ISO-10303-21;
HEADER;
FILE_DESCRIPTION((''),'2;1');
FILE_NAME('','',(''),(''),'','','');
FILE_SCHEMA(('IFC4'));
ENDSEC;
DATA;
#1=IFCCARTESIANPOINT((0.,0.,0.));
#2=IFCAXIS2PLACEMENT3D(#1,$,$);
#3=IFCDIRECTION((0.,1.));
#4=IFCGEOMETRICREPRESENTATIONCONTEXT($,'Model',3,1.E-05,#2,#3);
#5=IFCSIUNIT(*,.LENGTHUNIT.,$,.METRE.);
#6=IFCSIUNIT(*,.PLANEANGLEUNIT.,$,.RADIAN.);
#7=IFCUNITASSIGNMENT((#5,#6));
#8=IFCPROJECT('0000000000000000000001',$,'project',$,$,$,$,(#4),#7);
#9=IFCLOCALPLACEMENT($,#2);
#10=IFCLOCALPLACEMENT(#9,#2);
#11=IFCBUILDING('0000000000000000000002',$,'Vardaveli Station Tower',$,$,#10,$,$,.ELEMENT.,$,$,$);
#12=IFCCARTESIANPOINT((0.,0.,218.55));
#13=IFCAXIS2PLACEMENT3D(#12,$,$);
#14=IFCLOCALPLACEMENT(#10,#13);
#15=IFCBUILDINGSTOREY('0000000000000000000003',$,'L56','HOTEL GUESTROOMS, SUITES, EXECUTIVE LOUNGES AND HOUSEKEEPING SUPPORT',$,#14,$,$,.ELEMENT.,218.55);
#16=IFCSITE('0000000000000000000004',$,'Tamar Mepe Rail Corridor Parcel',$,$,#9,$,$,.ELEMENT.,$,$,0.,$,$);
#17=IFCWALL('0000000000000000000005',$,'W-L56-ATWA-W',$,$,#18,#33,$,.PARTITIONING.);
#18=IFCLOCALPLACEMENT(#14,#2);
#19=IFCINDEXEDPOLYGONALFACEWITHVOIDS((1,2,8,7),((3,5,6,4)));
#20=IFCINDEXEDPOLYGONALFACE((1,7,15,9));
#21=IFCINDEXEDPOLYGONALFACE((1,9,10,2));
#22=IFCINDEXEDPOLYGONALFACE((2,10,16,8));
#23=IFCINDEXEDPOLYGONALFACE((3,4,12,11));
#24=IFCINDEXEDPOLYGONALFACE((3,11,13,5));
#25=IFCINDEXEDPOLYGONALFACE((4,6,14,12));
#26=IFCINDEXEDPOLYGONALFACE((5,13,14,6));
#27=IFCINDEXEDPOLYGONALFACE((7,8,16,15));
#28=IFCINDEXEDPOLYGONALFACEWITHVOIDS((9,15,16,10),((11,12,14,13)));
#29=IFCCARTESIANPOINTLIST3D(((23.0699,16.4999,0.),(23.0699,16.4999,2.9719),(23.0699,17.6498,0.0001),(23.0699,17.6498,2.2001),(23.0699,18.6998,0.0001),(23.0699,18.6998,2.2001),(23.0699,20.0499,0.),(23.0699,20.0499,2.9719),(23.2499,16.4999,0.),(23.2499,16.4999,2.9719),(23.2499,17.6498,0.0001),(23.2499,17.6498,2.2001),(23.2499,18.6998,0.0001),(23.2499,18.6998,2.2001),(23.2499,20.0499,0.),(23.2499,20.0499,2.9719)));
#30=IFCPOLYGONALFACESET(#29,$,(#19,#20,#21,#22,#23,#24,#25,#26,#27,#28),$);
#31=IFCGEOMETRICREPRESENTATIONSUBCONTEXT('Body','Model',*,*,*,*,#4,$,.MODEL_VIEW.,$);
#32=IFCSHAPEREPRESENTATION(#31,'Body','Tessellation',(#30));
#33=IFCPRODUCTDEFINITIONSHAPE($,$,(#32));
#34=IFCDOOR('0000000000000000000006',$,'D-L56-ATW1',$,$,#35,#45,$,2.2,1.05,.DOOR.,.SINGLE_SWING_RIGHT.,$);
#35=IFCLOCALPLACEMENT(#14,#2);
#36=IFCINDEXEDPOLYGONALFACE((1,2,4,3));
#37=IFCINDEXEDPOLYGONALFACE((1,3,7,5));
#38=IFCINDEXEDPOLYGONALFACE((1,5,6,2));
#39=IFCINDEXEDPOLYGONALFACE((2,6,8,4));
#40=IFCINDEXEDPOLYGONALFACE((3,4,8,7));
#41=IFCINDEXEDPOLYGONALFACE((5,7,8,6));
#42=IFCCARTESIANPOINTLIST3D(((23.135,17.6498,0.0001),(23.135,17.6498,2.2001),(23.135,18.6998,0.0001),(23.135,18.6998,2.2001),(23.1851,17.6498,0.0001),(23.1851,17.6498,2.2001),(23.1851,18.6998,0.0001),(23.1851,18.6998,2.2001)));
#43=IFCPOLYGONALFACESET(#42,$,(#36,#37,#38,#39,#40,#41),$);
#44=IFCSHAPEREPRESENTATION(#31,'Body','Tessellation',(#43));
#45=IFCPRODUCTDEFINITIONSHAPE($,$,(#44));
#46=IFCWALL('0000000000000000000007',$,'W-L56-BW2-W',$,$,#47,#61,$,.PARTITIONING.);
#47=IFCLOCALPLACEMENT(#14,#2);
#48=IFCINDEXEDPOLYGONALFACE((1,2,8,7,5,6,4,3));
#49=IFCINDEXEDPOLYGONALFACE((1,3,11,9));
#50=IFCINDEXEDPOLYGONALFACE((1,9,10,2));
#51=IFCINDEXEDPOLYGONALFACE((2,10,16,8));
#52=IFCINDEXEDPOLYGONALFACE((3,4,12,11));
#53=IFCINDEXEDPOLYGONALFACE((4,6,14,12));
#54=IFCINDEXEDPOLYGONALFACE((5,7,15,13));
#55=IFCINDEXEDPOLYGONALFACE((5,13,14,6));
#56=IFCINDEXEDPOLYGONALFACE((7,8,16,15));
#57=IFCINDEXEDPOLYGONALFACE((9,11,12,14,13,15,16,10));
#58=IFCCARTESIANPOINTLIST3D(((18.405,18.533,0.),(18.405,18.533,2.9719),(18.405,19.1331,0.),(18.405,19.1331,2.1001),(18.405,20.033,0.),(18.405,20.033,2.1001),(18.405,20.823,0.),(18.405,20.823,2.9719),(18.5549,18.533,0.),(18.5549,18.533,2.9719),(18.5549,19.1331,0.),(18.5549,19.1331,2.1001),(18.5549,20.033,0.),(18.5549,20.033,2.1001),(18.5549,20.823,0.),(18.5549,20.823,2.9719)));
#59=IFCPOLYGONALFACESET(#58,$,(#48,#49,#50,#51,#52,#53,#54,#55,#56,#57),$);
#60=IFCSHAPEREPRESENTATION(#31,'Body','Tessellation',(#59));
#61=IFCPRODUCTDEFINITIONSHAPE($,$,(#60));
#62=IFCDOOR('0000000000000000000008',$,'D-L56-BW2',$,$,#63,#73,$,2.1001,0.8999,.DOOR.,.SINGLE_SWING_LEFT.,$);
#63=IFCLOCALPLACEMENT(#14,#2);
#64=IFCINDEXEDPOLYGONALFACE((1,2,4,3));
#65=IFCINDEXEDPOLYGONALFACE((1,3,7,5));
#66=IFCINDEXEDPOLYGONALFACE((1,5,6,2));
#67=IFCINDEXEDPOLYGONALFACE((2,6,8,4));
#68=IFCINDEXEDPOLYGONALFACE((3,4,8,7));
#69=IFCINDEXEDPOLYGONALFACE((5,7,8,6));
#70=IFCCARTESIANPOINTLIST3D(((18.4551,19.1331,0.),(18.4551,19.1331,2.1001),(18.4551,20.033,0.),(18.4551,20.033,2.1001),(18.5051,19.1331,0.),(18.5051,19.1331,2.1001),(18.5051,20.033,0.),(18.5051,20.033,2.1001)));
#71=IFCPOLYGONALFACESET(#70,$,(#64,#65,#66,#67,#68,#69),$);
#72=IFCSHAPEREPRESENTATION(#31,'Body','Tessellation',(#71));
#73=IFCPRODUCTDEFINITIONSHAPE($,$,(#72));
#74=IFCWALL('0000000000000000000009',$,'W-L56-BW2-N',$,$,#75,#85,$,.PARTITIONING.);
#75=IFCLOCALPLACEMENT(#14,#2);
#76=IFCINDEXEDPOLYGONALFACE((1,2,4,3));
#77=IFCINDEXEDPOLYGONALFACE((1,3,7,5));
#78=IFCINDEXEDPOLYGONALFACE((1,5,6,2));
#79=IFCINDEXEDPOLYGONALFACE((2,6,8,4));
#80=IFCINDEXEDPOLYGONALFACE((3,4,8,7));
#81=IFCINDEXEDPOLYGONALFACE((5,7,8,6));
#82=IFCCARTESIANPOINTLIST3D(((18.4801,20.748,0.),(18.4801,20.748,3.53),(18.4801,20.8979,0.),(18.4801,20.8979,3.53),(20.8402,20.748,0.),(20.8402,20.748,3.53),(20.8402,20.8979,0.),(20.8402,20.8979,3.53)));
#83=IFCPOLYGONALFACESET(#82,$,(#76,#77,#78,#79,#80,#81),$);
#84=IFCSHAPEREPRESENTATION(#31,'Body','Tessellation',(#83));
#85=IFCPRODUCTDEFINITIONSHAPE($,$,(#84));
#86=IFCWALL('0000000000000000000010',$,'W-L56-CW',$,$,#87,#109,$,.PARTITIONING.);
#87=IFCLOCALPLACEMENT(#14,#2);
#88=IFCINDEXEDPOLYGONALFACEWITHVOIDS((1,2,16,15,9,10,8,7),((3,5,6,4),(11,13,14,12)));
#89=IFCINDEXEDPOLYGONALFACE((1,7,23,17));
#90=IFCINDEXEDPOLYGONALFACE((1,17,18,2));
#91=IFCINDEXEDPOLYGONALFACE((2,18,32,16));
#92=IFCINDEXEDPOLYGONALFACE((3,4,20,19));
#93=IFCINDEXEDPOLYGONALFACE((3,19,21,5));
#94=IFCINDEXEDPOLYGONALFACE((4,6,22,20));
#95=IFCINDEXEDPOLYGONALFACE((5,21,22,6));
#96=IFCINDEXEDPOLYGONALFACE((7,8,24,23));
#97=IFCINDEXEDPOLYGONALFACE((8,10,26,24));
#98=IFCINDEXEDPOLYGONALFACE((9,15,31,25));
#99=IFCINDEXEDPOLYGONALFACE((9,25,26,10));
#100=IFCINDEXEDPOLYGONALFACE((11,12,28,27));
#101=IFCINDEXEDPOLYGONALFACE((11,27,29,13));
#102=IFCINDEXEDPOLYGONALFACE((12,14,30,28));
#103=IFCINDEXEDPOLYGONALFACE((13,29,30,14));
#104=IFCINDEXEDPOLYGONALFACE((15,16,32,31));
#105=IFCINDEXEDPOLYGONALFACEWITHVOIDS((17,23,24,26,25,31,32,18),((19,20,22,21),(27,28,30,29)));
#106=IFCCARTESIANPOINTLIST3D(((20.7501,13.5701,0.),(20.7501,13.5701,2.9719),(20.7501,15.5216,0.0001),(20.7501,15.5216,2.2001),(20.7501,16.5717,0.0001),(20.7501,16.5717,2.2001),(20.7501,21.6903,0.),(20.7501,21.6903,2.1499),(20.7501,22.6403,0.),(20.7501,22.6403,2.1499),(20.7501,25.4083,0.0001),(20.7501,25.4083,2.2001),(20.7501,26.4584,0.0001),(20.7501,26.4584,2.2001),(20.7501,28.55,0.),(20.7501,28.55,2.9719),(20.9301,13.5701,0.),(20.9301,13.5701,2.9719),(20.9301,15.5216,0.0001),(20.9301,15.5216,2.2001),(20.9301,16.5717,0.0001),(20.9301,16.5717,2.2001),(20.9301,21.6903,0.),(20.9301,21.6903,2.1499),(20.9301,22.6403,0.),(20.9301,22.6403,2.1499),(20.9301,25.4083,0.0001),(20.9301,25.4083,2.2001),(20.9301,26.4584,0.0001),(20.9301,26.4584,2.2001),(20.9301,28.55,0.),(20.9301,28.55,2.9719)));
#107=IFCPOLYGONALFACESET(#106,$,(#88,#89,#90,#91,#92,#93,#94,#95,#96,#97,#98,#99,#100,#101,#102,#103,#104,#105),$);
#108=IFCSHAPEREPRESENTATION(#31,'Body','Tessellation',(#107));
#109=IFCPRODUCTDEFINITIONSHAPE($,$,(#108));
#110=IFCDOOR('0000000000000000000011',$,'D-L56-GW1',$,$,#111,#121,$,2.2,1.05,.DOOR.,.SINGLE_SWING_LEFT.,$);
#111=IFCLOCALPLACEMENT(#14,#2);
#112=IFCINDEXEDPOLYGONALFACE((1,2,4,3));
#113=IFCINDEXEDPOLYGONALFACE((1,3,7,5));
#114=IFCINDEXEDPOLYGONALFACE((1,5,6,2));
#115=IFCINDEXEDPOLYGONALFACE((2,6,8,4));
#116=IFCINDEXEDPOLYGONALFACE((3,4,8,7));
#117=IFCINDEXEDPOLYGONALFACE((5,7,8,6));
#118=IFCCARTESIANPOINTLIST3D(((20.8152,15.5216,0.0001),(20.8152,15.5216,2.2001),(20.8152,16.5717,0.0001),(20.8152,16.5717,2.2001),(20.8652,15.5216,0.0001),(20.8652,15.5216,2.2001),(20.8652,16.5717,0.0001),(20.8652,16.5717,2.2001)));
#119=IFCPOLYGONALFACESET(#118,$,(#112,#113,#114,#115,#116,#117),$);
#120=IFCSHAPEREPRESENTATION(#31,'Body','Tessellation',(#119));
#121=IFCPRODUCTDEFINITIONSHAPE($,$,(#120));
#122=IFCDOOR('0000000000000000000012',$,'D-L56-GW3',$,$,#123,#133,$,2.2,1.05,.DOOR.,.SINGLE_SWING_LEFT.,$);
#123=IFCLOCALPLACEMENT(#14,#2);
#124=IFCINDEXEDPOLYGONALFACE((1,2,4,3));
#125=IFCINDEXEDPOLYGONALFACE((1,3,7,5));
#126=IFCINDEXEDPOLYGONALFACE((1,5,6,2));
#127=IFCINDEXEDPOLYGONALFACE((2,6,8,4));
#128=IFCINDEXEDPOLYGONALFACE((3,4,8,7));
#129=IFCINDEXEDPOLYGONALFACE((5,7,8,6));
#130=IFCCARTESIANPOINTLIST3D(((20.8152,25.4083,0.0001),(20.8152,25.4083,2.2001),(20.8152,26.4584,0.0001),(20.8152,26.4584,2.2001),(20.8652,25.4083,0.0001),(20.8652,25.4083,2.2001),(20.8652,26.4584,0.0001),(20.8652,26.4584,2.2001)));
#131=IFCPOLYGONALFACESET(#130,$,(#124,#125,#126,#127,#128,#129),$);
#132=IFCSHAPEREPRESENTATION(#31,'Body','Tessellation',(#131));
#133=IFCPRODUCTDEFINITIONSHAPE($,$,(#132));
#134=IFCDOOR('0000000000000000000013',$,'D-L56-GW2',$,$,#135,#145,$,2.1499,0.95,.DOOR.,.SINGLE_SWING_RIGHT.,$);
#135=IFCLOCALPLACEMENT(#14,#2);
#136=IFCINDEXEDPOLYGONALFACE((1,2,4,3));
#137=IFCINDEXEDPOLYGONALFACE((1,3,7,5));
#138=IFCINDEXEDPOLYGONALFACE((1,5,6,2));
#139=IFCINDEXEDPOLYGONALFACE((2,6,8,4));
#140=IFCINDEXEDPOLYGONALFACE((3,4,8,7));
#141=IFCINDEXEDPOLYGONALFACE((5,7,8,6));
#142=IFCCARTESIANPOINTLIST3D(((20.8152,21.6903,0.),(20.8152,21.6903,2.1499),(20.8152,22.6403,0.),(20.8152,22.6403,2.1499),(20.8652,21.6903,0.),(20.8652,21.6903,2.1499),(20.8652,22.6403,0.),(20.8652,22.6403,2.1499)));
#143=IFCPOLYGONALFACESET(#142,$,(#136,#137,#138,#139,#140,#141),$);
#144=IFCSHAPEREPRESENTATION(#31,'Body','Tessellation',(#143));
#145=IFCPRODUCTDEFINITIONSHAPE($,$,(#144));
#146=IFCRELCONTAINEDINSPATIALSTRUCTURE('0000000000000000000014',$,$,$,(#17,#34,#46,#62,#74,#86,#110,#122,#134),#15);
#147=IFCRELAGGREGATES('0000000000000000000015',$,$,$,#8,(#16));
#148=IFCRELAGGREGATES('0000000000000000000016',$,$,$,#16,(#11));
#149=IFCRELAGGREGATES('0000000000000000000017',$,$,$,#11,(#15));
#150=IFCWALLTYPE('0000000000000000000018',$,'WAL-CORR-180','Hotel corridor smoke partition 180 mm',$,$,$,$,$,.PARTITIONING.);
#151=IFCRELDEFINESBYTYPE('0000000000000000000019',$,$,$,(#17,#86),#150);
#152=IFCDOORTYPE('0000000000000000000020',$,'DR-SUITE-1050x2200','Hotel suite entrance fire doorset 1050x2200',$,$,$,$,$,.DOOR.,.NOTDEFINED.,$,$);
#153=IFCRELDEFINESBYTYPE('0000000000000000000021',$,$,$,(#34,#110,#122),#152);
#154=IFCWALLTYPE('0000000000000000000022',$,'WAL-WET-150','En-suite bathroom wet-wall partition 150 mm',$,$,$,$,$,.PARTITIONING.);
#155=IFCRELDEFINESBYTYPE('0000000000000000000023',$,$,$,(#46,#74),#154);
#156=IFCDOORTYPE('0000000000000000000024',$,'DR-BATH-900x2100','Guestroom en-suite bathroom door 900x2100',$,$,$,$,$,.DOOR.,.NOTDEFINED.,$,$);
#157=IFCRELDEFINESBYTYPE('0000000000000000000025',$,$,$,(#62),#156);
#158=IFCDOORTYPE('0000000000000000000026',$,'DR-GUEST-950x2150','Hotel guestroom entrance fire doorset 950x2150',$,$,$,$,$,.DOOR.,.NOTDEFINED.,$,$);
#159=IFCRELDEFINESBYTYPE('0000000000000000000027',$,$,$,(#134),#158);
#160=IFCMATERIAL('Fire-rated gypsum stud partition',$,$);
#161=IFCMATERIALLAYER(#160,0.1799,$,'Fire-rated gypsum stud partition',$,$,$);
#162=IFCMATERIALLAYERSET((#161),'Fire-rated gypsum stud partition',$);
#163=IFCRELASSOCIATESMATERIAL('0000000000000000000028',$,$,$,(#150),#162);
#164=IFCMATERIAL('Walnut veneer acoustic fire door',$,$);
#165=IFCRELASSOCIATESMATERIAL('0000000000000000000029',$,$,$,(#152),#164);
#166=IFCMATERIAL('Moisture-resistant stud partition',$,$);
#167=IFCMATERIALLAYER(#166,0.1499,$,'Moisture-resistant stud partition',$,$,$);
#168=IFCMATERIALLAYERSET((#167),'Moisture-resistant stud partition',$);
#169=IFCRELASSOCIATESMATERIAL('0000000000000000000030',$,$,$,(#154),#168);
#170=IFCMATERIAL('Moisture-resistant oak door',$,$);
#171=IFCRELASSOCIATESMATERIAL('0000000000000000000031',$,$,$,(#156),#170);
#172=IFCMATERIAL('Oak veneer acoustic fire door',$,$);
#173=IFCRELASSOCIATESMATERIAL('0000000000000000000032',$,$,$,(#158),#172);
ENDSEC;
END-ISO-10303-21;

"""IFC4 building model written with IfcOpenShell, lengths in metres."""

from ifc_helpers import new_model, si_unit, direction, frame, frame_2d, origin, place, context, subcontext, project, spatial, rectangle, extrude, source, transform, mapped, material, layer, layer_set, type_object, element, fill, save


model = new_model("IFC4")

# Units and contexts
model_context = context("Model", 3, precision=1e-05, world=origin(), true_north=direction((0.0, 1.0)))
body_context = subcontext(model_context, "Body", "Model", "MODEL_VIEW")
ifc_project = project(units=[si_unit("LENGTHUNIT", "METRE"), si_unit("PLANEANGLEUNIT", "RADIAN")], contexts=[model_context])

# Site, building, storey
site_placement = place(None, origin())
site = spatial("IfcSite", under=ifc_project, at=site_placement, Name="Tamar Mepe Rail Corridor Parcel", CompositionType="ELEMENT", RefElevation=0.0)
building_placement = place(site_placement, origin())
building = spatial("IfcBuilding", under=site, at=building_placement, Name="Vardaveli Station Tower", CompositionType="ELEMENT")
storey_placement = place(building_placement, frame((0.0, 0.0, 218.55)))
storey = spatial("IfcBuildingStorey", under=building, at=storey_placement, Name="L56", Description="HOTEL GUESTROOMS, SUITES, EXECUTIVE LOUNGES AND HOUSEKEEPING SUPPORT", CompositionType="ELEMENT", Elevation=218.55)

# Walls, openings, doors
ifc_material_1 = material(Name="Fire-rated gypsum stud partition")
ifc_layer_1 = layer(ifc_material_1, 0.1799, Name="Fire-rated gypsum stud partition")
ifc_layer_set_1 = layer_set([ifc_layer_1], Name="Fire-rated gypsum stud partition")
wall_type_1 = type_object("IfcWallType", Name="WAL-CORR-180", Description="Hotel corridor smoke partition 180 mm", PredefinedType="PARTITIONING", material=ifc_layer_set_1)
shared_shape_1 = source(origin(), body_context, "Body", "SweptSolid", [
    extrude(rectangle(XDim=3.55, YDim=0.1799, at=frame_2d((1.7749, 0.0))), origin(), (0.0, 0.0, 1.0), 2.9719),
])
wall_1_placement = place(storey_placement, frame((23.1599, 16.5, 0.0), z_axis=(0.0, 0.0, 1.0), x_axis=(0.0, 1.0, 0.0)))
wall_1 = element("IfcWall", 1, at=wall_1_placement, inside=storey, type_object=wall_type_1, Name="W-L56-ATWA-W", PredefinedType="PARTITIONING", context=body_context, shape_type="MappedRepresentation", body=[
    mapped(shared_shape_1, transform((0.0, 0.0, 0.0), scale=1.0)),
])
shared_shape_2 = source(origin(), body_context, "Body", "SweptSolid", [
    extrude(rectangle(XDim=1.05, YDim=2.2, at=frame_2d((0.5249, 1.1001))), frame((0.0, 0.1001, 0.0), z_axis=(0.0, -1.0, 0.0), x_axis=(1.0, 0.0, 0.0)), (0.0, 0.0, 1.0), 0.2),
])
opening_1_placement = place(wall_1_placement, frame((1.1499, 0.0, 0.0)))
opening_1 = element("IfcOpeningElement", 2, at=opening_1_placement, cuts=wall_1, PredefinedType="OPENING", context=body_context, shape_type="MappedRepresentation", body=[
    mapped(shared_shape_2, transform((0.0, 0.0, 0.0), scale=1.0)),
])
ifc_material_2 = material(Name="Walnut veneer acoustic fire door")
door_type_1 = type_object("IfcDoorType", Name="DR-SUITE-1050x2200", Description="Hotel suite entrance fire doorset 1050x2200", OperationType="NOTDEFINED", PredefinedType="DOOR", material=ifc_material_2)
shared_shape_3 = source(origin(), body_context, "Body", "SweptSolid", [
    extrude(rectangle(XDim=1.05, YDim=2.2, at=frame_2d((0.5249, 1.1001))), frame((0.0, 0.0249, 0.0), z_axis=(0.0, -1.0, 0.0), x_axis=(1.0, 0.0, 0.0)), (0.0, 0.0, 1.0), 0.05),
])
door_1_placement = place(opening_1_placement, origin())
door_1 = element("IfcDoor", 3, at=door_1_placement, inside=storey, type_object=door_type_1, Name="D-L56-ATW1", OperationType="SINGLE_SWING_RIGHT", OverallHeight=2.2, OverallWidth=1.05, PredefinedType="DOOR", context=body_context, shape_type="MappedRepresentation", body=[
    mapped(shared_shape_3, transform((0.0, 0.0, 0.0), scale=1.0)),
])
fill(opening_1, door_1)
ifc_material_3 = material(Name="Moisture-resistant stud partition")
ifc_layer_2 = layer(ifc_material_3, 0.1499, Name="Moisture-resistant stud partition")
ifc_layer_set_2 = layer_set([ifc_layer_2], Name="Moisture-resistant stud partition")
wall_type_2 = type_object("IfcWallType", Name="WAL-WET-150", Description="En-suite bathroom wet-wall partition 150 mm", PredefinedType="PARTITIONING", material=ifc_layer_set_2)
shared_shape_4 = source(origin(), body_context, "Body", "SweptSolid", [
    extrude(rectangle(XDim=2.29, YDim=0.1499, at=frame_2d((1.145, 0.0))), origin(), (0.0, 0.0, 1.0), 2.9719),
])
wall_2_placement = place(storey_placement, frame((18.48, 18.533, 0.0), z_axis=(0.0, 0.0, 1.0), x_axis=(0.0, 1.0, 0.0)))
wall_2 = element("IfcWall", 4, at=wall_2_placement, inside=storey, type_object=wall_type_2, Name="W-L56-BW2-W", PredefinedType="PARTITIONING", context=body_context, shape_type="MappedRepresentation", body=[
    mapped(shared_shape_4, transform((0.0, 0.0, 0.0), scale=1.0)),
])
shared_shape_5 = source(origin(), body_context, "Body", "SweptSolid", [
    extrude(rectangle(XDim=0.8999, YDim=2.1001, at=frame_2d((0.45, 1.05))), frame((0.0, 0.085, 0.0), z_axis=(0.0, -1.0, 0.0), x_axis=(1.0, 0.0, 0.0)), (0.0, 0.0, 1.0), 0.1699),
])
opening_2_placement = place(wall_2_placement, frame((0.6001, 0.0, 0.0)))
opening_2 = element("IfcOpeningElement", 5, at=opening_2_placement, cuts=wall_2, PredefinedType="OPENING", context=body_context, shape_type="MappedRepresentation", body=[
    mapped(shared_shape_5, transform((0.0, 0.0, 0.0), scale=1.0)),
])
ifc_material_4 = material(Name="Moisture-resistant oak door")
door_type_2 = type_object("IfcDoorType", Name="DR-BATH-900x2100", Description="Guestroom en-suite bathroom door 900x2100", OperationType="NOTDEFINED", PredefinedType="DOOR", material=ifc_material_4)
shared_shape_6 = source(origin(), body_context, "Body", "SweptSolid", [
    extrude(rectangle(XDim=0.8999, YDim=2.1001, at=frame_2d((0.45, 1.05))), frame((0.0, 0.0249, 0.0), z_axis=(0.0, -1.0, 0.0), x_axis=(1.0, 0.0, 0.0)), (0.0, 0.0, 1.0), 0.05),
])
door_2_placement = place(opening_2_placement, origin())
door_2 = element("IfcDoor", 6, at=door_2_placement, inside=storey, type_object=door_type_2, Name="D-L56-BW2", OperationType="SINGLE_SWING_LEFT", OverallHeight=2.1001, OverallWidth=0.8999, PredefinedType="DOOR", context=body_context, shape_type="MappedRepresentation", body=[
    mapped(shared_shape_6, transform((0.0, 0.0, 0.0), scale=1.0)),
])
fill(opening_2, door_2)

# Wall
shared_shape_7 = source(origin(), body_context, "Body", "SweptSolid", [
    extrude(rectangle(XDim=2.3601, YDim=0.1499, at=frame_2d((1.1802, 0.0))), origin(), (0.0, 0.0, 1.0), 3.53),
])
wall_3_placement = place(storey_placement, frame((18.48, 20.823, 0.0), z_axis=(0.0, 0.0, 1.0), x_axis=(1.0, 0.0, 0.0)))
element("IfcWall", 7, at=wall_3_placement, inside=storey, type_object=wall_type_2, Name="W-L56-BW2-N", PredefinedType="PARTITIONING", context=body_context, shape_type="MappedRepresentation", body=[
    mapped(shared_shape_7, transform((0.0, 0.0, 0.0), scale=1.0)),
])

# Wall, openings, doors
shared_shape_8 = source(origin(), body_context, "Body", "SweptSolid", [
    extrude(rectangle(XDim=14.98, YDim=0.1799, at=frame_2d((7.49, 0.0))), origin(), (0.0, 0.0, 1.0), 2.9719),
])
wall_4_placement = place(storey_placement, frame((20.8401, 13.5701, 0.0), z_axis=(0.0, 0.0, 1.0), x_axis=(0.0, 1.0, 0.0)))
wall_4 = element("IfcWall", 8, at=wall_4_placement, inside=storey, type_object=wall_type_1, Name="W-L56-CW", PredefinedType="PARTITIONING", context=body_context, shape_type="MappedRepresentation", body=[
    mapped(shared_shape_8, transform((0.0, 0.0, 0.0), scale=1.0)),
])
opening_3_placement = place(wall_4_placement, frame((1.9517, 0.0, 0.0)))
opening_3 = element("IfcOpeningElement", 9, at=opening_3_placement, cuts=wall_4, PredefinedType="OPENING", context=body_context, shape_type="MappedRepresentation", body=[
    mapped(shared_shape_2, transform((0.0, 0.0, 0.0), scale=1.0)),
])
shared_shape_9 = source(origin(), body_context, "Body", "SweptSolid", [
    extrude(rectangle(XDim=0.95, YDim=2.1499, at=frame_2d((0.4751, 1.075))), frame((0.0, 0.1001, 0.0), z_axis=(0.0, -1.0, 0.0), x_axis=(1.0, 0.0, 0.0)), (0.0, 0.0, 1.0), 0.2),
])
opening_4_placement = place(wall_4_placement, frame((8.1201, 0.0, 0.0)))
opening_4 = element("IfcOpeningElement", 10, at=opening_4_placement, cuts=wall_4, PredefinedType="OPENING", context=body_context, shape_type="MappedRepresentation", body=[
    mapped(shared_shape_9, transform((0.0, 0.0, 0.0), scale=1.0)),
])
opening_5_placement = place(wall_4_placement, frame((11.8384, 0.0, 0.0)))
opening_5 = element("IfcOpeningElement", 11, at=opening_5_placement, cuts=wall_4, PredefinedType="OPENING", context=body_context, shape_type="MappedRepresentation", body=[
    mapped(shared_shape_2, transform((0.0, 0.0, 0.0), scale=1.0)),
])
door_3_placement = place(opening_3_placement, origin())
door_3 = element("IfcDoor", 12, at=door_3_placement, inside=storey, type_object=door_type_1, Name="D-L56-GW1", OperationType="SINGLE_SWING_LEFT", OverallHeight=2.2, OverallWidth=1.05, PredefinedType="DOOR", context=body_context, shape_type="MappedRepresentation", body=[
    mapped(shared_shape_3, transform((0.0, 0.0, 0.0), scale=1.0)),
])
fill(opening_3, door_3)
door_4_placement = place(opening_5_placement, origin())
door_4 = element("IfcDoor", 13, at=door_4_placement, inside=storey, type_object=door_type_1, Name="D-L56-GW3", OperationType="SINGLE_SWING_LEFT", OverallHeight=2.2, OverallWidth=1.05, PredefinedType="DOOR", context=body_context, shape_type="MappedRepresentation", body=[
    mapped(shared_shape_3, transform((0.0, 0.0, 0.0), scale=1.0)),
])
fill(opening_5, door_4)
ifc_material_5 = material(Name="Oak veneer acoustic fire door")
door_type_3 = type_object("IfcDoorType", Name="DR-GUEST-950x2150", Description="Hotel guestroom entrance fire doorset 950x2150", OperationType="NOTDEFINED", PredefinedType="DOOR", material=ifc_material_5)
shared_shape_10 = source(origin(), body_context, "Body", "SweptSolid", [
    extrude(rectangle(XDim=0.95, YDim=2.1499, at=frame_2d((0.4751, 1.075))), frame((0.0, 0.0249, 0.0), z_axis=(0.0, -1.0, 0.0), x_axis=(1.0, 0.0, 0.0)), (0.0, 0.0, 1.0), 0.05),
])
door_5_placement = place(opening_4_placement, origin())
door_5 = element("IfcDoor", 14, at=door_5_placement, inside=storey, type_object=door_type_3, Name="D-L56-GW2", OperationType="SINGLE_SWING_RIGHT", OverallHeight=2.1499, OverallWidth=0.95, PredefinedType="DOOR", context=body_context, shape_type="MappedRepresentation", body=[
    mapped(shared_shape_10, transform((0.0, 0.0, 0.0), scale=1.0)),
])
fill(opening_4, door_5)

save(model, "model.ifc")
